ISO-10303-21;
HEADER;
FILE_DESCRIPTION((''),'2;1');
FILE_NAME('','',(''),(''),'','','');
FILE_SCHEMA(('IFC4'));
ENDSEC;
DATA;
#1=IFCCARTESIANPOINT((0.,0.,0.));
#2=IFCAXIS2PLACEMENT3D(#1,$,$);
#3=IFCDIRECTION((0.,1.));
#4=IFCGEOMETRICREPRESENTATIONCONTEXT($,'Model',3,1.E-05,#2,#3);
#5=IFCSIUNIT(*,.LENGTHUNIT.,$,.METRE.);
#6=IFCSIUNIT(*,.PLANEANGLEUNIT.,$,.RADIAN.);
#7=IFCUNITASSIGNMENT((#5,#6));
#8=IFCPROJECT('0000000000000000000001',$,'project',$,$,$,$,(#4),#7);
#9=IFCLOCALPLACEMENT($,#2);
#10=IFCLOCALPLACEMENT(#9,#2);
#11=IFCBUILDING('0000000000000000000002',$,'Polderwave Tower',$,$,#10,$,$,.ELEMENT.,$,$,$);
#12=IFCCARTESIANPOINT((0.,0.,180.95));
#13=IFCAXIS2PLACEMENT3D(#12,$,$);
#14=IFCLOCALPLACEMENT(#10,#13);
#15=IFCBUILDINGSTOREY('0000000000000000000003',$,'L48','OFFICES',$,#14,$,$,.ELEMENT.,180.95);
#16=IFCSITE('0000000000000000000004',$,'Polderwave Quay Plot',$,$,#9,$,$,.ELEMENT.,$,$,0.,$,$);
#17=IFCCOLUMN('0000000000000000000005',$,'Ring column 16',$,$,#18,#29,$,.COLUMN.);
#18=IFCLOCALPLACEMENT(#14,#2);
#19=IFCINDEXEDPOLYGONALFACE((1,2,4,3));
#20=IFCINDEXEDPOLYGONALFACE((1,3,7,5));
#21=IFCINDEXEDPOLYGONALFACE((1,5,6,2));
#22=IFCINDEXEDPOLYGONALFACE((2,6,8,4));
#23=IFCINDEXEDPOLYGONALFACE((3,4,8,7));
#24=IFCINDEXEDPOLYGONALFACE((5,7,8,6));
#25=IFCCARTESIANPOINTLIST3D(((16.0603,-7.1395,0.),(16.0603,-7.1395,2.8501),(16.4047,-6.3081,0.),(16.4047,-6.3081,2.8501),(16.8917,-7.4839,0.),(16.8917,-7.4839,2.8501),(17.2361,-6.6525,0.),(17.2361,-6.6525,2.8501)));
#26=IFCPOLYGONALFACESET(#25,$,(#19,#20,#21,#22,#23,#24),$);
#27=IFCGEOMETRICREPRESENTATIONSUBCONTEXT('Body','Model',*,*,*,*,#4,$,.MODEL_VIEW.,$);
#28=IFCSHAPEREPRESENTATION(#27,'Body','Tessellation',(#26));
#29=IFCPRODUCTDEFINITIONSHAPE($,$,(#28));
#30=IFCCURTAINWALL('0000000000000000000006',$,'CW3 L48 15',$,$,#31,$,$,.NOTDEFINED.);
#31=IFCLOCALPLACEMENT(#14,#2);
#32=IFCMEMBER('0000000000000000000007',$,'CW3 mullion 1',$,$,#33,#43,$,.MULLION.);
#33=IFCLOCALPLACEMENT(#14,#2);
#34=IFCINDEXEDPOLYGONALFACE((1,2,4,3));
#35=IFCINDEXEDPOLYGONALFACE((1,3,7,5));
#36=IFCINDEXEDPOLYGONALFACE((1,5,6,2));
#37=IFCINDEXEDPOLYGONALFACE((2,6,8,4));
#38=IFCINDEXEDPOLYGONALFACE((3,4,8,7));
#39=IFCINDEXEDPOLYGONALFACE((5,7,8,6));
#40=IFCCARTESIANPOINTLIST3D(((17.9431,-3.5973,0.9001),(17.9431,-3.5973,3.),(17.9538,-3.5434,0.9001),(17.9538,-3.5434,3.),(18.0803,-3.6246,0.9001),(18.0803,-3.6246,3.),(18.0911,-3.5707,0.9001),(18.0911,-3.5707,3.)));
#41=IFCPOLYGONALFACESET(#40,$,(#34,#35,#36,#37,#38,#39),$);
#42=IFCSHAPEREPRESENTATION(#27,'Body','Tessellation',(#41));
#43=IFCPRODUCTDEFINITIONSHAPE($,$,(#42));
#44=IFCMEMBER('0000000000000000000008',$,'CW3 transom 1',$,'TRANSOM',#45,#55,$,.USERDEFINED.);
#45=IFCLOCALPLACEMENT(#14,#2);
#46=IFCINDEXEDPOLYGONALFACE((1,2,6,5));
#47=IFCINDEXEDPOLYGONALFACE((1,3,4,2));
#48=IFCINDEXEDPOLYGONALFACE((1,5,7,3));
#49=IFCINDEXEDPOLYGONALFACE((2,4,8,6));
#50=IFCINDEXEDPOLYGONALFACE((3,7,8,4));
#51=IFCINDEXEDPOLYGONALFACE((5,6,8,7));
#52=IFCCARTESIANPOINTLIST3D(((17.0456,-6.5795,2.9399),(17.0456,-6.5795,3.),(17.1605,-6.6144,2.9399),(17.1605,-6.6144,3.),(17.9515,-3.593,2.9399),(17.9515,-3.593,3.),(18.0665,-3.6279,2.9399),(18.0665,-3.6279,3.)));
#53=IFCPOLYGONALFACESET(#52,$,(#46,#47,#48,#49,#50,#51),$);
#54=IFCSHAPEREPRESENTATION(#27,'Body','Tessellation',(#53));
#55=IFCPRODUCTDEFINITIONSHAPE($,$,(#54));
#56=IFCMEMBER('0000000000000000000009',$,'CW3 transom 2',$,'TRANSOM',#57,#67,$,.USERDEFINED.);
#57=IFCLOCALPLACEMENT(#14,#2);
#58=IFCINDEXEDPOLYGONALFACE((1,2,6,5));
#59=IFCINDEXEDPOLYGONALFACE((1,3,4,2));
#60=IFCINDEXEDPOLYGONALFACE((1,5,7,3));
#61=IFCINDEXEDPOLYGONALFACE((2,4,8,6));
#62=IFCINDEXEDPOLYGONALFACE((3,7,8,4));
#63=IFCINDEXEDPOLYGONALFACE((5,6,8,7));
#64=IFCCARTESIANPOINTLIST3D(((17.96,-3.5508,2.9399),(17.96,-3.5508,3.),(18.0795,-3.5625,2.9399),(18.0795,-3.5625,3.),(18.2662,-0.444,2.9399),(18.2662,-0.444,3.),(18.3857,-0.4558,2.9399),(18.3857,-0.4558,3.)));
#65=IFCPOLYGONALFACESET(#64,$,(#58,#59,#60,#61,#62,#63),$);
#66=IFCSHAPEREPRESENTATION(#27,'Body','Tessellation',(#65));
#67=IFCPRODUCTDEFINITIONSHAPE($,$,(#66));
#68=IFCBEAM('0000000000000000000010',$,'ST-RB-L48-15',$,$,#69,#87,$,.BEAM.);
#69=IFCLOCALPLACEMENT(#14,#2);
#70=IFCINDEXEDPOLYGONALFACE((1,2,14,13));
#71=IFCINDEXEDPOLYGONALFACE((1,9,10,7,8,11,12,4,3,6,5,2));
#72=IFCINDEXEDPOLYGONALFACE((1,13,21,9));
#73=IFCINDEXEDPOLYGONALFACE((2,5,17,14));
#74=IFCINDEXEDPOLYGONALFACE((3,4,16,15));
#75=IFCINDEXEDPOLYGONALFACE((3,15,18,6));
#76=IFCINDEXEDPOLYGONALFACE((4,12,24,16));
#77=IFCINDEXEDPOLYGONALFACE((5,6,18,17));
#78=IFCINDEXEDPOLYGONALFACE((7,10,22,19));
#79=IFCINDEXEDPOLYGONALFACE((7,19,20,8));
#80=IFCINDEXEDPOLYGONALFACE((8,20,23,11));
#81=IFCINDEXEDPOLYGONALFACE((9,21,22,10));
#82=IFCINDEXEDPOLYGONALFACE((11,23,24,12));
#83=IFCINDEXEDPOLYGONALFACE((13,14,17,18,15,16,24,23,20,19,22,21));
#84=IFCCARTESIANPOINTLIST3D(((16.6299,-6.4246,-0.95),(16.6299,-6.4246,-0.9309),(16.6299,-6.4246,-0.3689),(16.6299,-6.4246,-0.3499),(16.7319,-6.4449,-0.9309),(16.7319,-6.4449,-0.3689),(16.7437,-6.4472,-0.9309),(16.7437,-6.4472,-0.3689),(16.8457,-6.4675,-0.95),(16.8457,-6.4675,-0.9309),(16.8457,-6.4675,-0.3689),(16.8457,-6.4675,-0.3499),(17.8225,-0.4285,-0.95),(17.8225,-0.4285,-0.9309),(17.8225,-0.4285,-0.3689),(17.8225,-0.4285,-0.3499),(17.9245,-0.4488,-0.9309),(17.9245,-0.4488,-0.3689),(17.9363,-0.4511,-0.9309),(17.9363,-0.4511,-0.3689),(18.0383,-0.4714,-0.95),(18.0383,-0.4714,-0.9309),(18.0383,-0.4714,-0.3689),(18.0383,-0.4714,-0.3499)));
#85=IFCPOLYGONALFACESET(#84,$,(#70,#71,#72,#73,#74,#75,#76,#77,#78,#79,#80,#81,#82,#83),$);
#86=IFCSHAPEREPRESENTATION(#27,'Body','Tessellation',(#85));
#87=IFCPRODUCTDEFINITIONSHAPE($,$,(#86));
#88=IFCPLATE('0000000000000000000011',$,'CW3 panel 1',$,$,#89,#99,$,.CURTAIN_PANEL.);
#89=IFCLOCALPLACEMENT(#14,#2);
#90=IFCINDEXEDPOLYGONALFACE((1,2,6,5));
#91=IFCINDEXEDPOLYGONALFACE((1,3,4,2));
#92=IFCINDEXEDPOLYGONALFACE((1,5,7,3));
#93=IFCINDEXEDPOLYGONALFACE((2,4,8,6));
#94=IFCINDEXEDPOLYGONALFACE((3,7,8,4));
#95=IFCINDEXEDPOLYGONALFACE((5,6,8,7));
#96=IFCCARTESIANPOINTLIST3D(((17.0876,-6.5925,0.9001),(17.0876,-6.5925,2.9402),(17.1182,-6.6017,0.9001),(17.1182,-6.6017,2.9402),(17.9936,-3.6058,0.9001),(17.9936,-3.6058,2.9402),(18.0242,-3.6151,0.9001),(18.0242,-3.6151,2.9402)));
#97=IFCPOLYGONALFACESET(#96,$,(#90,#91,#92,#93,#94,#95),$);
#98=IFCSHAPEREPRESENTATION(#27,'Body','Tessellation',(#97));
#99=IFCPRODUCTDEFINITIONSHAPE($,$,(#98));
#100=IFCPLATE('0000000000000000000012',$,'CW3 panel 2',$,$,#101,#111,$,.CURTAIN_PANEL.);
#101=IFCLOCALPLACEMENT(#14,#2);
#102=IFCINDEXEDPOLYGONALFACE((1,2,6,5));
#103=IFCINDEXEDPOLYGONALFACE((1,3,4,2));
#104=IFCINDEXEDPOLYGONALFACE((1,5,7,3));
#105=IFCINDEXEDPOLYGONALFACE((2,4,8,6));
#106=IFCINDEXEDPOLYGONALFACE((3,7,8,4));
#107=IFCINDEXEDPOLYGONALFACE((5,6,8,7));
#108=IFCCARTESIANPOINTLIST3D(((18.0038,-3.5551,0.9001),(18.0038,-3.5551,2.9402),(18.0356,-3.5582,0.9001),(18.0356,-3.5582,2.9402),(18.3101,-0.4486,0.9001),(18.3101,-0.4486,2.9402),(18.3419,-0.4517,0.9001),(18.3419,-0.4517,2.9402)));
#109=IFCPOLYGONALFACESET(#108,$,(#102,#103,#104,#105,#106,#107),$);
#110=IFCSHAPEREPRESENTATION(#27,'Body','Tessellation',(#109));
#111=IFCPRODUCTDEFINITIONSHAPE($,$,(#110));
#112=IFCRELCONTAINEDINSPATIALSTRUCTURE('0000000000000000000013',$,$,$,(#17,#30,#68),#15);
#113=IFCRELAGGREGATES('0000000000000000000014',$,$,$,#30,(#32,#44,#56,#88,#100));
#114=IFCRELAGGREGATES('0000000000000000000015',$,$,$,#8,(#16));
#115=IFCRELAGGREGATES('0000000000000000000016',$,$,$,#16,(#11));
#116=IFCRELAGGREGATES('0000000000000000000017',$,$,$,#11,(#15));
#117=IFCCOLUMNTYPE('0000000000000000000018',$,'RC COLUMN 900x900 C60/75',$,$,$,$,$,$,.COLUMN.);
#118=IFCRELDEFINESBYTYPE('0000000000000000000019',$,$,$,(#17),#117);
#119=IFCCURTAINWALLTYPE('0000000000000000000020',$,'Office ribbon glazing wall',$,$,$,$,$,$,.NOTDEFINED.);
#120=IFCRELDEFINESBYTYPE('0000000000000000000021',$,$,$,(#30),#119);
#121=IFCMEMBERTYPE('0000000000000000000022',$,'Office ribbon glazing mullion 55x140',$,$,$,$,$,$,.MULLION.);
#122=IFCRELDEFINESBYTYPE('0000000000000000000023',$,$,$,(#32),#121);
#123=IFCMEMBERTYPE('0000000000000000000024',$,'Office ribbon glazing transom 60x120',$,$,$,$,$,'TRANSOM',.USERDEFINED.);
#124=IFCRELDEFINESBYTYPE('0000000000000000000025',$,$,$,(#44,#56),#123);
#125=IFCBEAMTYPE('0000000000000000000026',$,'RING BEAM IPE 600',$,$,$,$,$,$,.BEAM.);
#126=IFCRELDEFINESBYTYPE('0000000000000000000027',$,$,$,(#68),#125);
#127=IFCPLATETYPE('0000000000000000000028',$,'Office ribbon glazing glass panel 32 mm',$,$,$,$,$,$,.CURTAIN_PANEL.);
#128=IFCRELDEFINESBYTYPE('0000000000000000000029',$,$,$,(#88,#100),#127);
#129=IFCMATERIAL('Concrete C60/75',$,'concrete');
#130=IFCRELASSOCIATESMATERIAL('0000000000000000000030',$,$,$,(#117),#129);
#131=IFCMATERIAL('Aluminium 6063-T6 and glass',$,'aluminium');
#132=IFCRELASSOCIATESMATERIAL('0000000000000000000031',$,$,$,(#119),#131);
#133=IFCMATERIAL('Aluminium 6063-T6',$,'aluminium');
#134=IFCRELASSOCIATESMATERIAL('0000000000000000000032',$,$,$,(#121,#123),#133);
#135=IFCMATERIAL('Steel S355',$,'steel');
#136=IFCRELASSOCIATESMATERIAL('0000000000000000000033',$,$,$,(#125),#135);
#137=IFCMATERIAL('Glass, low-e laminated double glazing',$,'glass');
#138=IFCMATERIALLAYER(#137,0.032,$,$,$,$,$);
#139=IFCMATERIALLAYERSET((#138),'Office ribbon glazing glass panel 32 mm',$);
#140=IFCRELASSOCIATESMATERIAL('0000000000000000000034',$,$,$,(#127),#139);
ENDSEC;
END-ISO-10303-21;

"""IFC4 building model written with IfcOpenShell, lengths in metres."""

from ifc_helpers import new_model, si_unit, direction, frame, origin, origin_2d, place, context, subcontext, project, spatial, rectangle, i_section, extrude, material, layer, layer_set, material_profile, profile_set, type_object, element, aggregate, save


model = new_model("IFC4")

# Units and contexts
model_context = context("Model", 3, precision=1e-05, world=origin(), true_north=direction((0.0, 1.0)))
body_context = subcontext(model_context, "Body", "Model", "MODEL_VIEW")
ifc_project = project(units=[si_unit("LENGTHUNIT", "METRE"), si_unit("PLANEANGLEUNIT", "RADIAN")], contexts=[model_context])

# Site, building, storey
site_placement = place(None, origin())
site = spatial("IfcSite", under=ifc_project, at=site_placement, Name="Polderwave Quay Plot", CompositionType="ELEMENT", RefElevation=0.0)
building_placement = place(site_placement, origin())
building = spatial("IfcBuilding", under=site, at=building_placement, Name="Polderwave Tower", CompositionType="ELEMENT")
storey_placement = place(building_placement, frame((0.0, 0.0, 180.95)))
storey = spatial("IfcBuildingStorey", under=building, at=storey_placement, Name="L48", Description="OFFICES", CompositionType="ELEMENT", Elevation=180.95)

# Column
ifc_material_1 = material(Name="Concrete C60/75", Category="concrete")
ifc_material_profile_1 = material_profile(ifc_material_1, rectangle(XDim=0.8999, YDim=0.8999, at=origin_2d()), Name="RC 900x900")
ifc_profile_set_1 = profile_set([ifc_material_profile_1], Name="Concrete C60/75")
column_type = type_object("IfcColumnType", Name="RC COLUMN 900x900 C60/75", PredefinedType="COLUMN", material=ifc_profile_set_1)
column_placement = place(storey_placement, frame((16.6482, -6.896, 0.0), z_axis=(0.0, 0.0, 1.0), x_axis=(0.92388, -0.382683, 0.0)))
element("IfcColumn", 1, at=column_placement, inside=storey, type_object=column_type, Name="Ring column 16", PredefinedType="COLUMN", context=body_context, shape_type="SweptSolid", body=[
    extrude(rectangle(XDim=0.8999, YDim=0.8999, at=origin_2d()), origin(), (0.0, 0.0, 1.0), 2.8501),
])

# Curtain wall, members
ifc_material_2 = material(Name="Aluminium 6063-T6 and glass", Category="aluminium")
curtain_wall_type = type_object("IfcCurtainWallType", Name="Office ribbon glazing wall", PredefinedType="NOTDEFINED", material=ifc_material_2)
curtain_wall_placement = place(storey_placement, origin())
curtain_wall = element("IfcCurtainWall", 2, at=curtain_wall_placement, inside=storey, type_object=curtain_wall_type, Name="CW3 L48 15", PredefinedType="NOTDEFINED")
ifc_material_3 = material(Name="Aluminium 6063-T6", Category="aluminium")
ifc_material_profile_2 = material_profile(ifc_material_3, rectangle(XDim=0.1399, YDim=0.0549, at=origin_2d()), Name="AL 55x140")
ifc_profile_set_2 = profile_set([ifc_material_profile_2], Name="Aluminium 6063-T6")
member_type_1 = type_object("IfcMemberType", Name="Office ribbon glazing mullion 55x140", PredefinedType="MULLION", material=ifc_profile_set_2)
member_1_placement = place(storey_placement, frame((18.0171, -3.584, 0.9001), z_axis=(0.0, 0.0, 1.0), x_axis=(-0.980775, 0.195143, 0.0)))
member_1 = element("IfcMember", 3, at=member_1_placement, type_object=member_type_1, Name="CW3 mullion 1", PredefinedType="MULLION", context=body_context, shape_type="SweptSolid", body=[
    extrude(rectangle(XDim=0.1399, YDim=0.0549, at=origin_2d()), origin(), (0.0, 0.0, 1.0), 2.0999),
])
ifc_material_profile_3 = material_profile(ifc_material_3, rectangle(XDim=0.1201, YDim=0.0601, at=origin_2d()), Name="AL 60x120")
ifc_profile_set_3 = profile_set([ifc_material_profile_3], Name="Aluminium 6063-T6")
member_type_2 = type_object("IfcMemberType", Name="Office ribbon glazing transom 60x120", ElementType="TRANSOM", PredefinedType="USERDEFINED", material=ifc_profile_set_3)
member_2_placement = place(storey_placement, frame((17.103, -6.5969, 2.97), z_axis=(0.290296, 0.956937, 0.0), x_axis=(-0.956937, 0.290296, 0.0)))
member_2 = element("IfcMember", 4, at=member_2_placement, type_object=member_type_2, Name="CW3 transom 1", ObjectType="TRANSOM", PredefinedType="USERDEFINED", context=body_context, shape_type="SweptSolid", body=[
    extrude(rectangle(XDim=0.1201, YDim=0.0601, at=origin_2d()), origin(), (0.0, 0.0, 1.0), 3.1208),
])
member_3_placement = place(storey_placement, frame((18.0198, -3.5566, 2.97), z_axis=(0.098071, 0.995179, 0.0), x_axis=(-0.995179, 0.098071, 0.0)))
member_3 = element("IfcMember", 5, at=member_3_placement, type_object=member_type_2, Name="CW3 transom 2", ObjectType="TRANSOM", PredefinedType="USERDEFINED", context=body_context, shape_type="SweptSolid", body=[
    extrude(rectangle(XDim=0.1201, YDim=0.0601, at=origin_2d()), origin(), (0.0, 0.0, 1.0), 3.1218),
])

# Beam
ifc_material_4 = material(Name="Steel S355", Category="steel")
ifc_material_profile_4 = material_profile(ifc_material_4, i_section(OverallWidth=0.22, OverallDepth=0.6001, WebThickness=0.012, FlangeThickness=0.019, at=origin_2d()), Name="IPE 600")
ifc_profile_set_4 = profile_set([ifc_material_profile_4], Name="Steel S355")
beam_type = type_object("IfcBeamType", Name="RING BEAM IPE 600", PredefinedType="BEAM", material=ifc_profile_set_4)
beam_placement = place(storey_placement, frame((16.7378, -6.446, -0.6499), z_axis=(0.195079, 0.980787, 0.0), x_axis=(-0.980787, 0.195079, 0.0)))
element("IfcBeam", 6, at=beam_placement, inside=storey, type_object=beam_type, Name="ST-RB-L48-15", PredefinedType="BEAM", context=body_context, shape_type="SweptSolid", body=[
    extrude(i_section(OverallWidth=0.22, OverallDepth=0.6001, WebThickness=0.012, FlangeThickness=0.019, at=origin_2d()), origin(), (0.0, 0.0, 1.0), 6.1135),
])

# Plates
ifc_material_5 = material(Name="Glass, low-e laminated double glazing", Category="glass")
ifc_layer_1 = layer(ifc_material_5, 0.032)
ifc_layer_set_1 = layer_set([ifc_layer_1], Name="Office ribbon glazing glass panel 32 mm")
plate_type = type_object("IfcPlateType", Name="Office ribbon glazing glass panel 32 mm", PredefinedType="CURTAIN_PANEL", material=ifc_layer_set_1)
plate_1_placement = place(storey_placement, frame((17.5559, -5.1038, 0.9001), z_axis=(0.0, 0.0, 1.0), x_axis=(0.29029, 0.956939, 0.0)))
plate_1 = element("IfcPlate", 7, at=plate_1_placement, type_object=plate_type, Name="CW3 panel 1", PredefinedType="CURTAIN_PANEL", context=body_context, shape_type="SweptSolid", body=[
    extrude(rectangle(XDim=3.1211, YDim=0.032, at=origin_2d()), origin(), (0.0, 0.0, 1.0), 2.04),
])
plate_2_placement = place(storey_placement, frame((18.1729, -2.0034, 0.9001), z_axis=(0.0, 0.0, 1.0), x_axis=(0.09812, 0.995175, 0.0)))
plate_2 = element("IfcPlate", 8, at=plate_2_placement, type_object=plate_type, Name="CW3 panel 2", PredefinedType="CURTAIN_PANEL", context=body_context, shape_type="SweptSolid", body=[
    extrude(rectangle(XDim=3.1216, YDim=0.032, at=origin_2d()), origin(), (0.0, 0.0, 1.0), 2.04),
])
aggregate(curtain_wall, [member_1, member_2, member_3, plate_1, plate_2])

save(model, "model.ifc")
